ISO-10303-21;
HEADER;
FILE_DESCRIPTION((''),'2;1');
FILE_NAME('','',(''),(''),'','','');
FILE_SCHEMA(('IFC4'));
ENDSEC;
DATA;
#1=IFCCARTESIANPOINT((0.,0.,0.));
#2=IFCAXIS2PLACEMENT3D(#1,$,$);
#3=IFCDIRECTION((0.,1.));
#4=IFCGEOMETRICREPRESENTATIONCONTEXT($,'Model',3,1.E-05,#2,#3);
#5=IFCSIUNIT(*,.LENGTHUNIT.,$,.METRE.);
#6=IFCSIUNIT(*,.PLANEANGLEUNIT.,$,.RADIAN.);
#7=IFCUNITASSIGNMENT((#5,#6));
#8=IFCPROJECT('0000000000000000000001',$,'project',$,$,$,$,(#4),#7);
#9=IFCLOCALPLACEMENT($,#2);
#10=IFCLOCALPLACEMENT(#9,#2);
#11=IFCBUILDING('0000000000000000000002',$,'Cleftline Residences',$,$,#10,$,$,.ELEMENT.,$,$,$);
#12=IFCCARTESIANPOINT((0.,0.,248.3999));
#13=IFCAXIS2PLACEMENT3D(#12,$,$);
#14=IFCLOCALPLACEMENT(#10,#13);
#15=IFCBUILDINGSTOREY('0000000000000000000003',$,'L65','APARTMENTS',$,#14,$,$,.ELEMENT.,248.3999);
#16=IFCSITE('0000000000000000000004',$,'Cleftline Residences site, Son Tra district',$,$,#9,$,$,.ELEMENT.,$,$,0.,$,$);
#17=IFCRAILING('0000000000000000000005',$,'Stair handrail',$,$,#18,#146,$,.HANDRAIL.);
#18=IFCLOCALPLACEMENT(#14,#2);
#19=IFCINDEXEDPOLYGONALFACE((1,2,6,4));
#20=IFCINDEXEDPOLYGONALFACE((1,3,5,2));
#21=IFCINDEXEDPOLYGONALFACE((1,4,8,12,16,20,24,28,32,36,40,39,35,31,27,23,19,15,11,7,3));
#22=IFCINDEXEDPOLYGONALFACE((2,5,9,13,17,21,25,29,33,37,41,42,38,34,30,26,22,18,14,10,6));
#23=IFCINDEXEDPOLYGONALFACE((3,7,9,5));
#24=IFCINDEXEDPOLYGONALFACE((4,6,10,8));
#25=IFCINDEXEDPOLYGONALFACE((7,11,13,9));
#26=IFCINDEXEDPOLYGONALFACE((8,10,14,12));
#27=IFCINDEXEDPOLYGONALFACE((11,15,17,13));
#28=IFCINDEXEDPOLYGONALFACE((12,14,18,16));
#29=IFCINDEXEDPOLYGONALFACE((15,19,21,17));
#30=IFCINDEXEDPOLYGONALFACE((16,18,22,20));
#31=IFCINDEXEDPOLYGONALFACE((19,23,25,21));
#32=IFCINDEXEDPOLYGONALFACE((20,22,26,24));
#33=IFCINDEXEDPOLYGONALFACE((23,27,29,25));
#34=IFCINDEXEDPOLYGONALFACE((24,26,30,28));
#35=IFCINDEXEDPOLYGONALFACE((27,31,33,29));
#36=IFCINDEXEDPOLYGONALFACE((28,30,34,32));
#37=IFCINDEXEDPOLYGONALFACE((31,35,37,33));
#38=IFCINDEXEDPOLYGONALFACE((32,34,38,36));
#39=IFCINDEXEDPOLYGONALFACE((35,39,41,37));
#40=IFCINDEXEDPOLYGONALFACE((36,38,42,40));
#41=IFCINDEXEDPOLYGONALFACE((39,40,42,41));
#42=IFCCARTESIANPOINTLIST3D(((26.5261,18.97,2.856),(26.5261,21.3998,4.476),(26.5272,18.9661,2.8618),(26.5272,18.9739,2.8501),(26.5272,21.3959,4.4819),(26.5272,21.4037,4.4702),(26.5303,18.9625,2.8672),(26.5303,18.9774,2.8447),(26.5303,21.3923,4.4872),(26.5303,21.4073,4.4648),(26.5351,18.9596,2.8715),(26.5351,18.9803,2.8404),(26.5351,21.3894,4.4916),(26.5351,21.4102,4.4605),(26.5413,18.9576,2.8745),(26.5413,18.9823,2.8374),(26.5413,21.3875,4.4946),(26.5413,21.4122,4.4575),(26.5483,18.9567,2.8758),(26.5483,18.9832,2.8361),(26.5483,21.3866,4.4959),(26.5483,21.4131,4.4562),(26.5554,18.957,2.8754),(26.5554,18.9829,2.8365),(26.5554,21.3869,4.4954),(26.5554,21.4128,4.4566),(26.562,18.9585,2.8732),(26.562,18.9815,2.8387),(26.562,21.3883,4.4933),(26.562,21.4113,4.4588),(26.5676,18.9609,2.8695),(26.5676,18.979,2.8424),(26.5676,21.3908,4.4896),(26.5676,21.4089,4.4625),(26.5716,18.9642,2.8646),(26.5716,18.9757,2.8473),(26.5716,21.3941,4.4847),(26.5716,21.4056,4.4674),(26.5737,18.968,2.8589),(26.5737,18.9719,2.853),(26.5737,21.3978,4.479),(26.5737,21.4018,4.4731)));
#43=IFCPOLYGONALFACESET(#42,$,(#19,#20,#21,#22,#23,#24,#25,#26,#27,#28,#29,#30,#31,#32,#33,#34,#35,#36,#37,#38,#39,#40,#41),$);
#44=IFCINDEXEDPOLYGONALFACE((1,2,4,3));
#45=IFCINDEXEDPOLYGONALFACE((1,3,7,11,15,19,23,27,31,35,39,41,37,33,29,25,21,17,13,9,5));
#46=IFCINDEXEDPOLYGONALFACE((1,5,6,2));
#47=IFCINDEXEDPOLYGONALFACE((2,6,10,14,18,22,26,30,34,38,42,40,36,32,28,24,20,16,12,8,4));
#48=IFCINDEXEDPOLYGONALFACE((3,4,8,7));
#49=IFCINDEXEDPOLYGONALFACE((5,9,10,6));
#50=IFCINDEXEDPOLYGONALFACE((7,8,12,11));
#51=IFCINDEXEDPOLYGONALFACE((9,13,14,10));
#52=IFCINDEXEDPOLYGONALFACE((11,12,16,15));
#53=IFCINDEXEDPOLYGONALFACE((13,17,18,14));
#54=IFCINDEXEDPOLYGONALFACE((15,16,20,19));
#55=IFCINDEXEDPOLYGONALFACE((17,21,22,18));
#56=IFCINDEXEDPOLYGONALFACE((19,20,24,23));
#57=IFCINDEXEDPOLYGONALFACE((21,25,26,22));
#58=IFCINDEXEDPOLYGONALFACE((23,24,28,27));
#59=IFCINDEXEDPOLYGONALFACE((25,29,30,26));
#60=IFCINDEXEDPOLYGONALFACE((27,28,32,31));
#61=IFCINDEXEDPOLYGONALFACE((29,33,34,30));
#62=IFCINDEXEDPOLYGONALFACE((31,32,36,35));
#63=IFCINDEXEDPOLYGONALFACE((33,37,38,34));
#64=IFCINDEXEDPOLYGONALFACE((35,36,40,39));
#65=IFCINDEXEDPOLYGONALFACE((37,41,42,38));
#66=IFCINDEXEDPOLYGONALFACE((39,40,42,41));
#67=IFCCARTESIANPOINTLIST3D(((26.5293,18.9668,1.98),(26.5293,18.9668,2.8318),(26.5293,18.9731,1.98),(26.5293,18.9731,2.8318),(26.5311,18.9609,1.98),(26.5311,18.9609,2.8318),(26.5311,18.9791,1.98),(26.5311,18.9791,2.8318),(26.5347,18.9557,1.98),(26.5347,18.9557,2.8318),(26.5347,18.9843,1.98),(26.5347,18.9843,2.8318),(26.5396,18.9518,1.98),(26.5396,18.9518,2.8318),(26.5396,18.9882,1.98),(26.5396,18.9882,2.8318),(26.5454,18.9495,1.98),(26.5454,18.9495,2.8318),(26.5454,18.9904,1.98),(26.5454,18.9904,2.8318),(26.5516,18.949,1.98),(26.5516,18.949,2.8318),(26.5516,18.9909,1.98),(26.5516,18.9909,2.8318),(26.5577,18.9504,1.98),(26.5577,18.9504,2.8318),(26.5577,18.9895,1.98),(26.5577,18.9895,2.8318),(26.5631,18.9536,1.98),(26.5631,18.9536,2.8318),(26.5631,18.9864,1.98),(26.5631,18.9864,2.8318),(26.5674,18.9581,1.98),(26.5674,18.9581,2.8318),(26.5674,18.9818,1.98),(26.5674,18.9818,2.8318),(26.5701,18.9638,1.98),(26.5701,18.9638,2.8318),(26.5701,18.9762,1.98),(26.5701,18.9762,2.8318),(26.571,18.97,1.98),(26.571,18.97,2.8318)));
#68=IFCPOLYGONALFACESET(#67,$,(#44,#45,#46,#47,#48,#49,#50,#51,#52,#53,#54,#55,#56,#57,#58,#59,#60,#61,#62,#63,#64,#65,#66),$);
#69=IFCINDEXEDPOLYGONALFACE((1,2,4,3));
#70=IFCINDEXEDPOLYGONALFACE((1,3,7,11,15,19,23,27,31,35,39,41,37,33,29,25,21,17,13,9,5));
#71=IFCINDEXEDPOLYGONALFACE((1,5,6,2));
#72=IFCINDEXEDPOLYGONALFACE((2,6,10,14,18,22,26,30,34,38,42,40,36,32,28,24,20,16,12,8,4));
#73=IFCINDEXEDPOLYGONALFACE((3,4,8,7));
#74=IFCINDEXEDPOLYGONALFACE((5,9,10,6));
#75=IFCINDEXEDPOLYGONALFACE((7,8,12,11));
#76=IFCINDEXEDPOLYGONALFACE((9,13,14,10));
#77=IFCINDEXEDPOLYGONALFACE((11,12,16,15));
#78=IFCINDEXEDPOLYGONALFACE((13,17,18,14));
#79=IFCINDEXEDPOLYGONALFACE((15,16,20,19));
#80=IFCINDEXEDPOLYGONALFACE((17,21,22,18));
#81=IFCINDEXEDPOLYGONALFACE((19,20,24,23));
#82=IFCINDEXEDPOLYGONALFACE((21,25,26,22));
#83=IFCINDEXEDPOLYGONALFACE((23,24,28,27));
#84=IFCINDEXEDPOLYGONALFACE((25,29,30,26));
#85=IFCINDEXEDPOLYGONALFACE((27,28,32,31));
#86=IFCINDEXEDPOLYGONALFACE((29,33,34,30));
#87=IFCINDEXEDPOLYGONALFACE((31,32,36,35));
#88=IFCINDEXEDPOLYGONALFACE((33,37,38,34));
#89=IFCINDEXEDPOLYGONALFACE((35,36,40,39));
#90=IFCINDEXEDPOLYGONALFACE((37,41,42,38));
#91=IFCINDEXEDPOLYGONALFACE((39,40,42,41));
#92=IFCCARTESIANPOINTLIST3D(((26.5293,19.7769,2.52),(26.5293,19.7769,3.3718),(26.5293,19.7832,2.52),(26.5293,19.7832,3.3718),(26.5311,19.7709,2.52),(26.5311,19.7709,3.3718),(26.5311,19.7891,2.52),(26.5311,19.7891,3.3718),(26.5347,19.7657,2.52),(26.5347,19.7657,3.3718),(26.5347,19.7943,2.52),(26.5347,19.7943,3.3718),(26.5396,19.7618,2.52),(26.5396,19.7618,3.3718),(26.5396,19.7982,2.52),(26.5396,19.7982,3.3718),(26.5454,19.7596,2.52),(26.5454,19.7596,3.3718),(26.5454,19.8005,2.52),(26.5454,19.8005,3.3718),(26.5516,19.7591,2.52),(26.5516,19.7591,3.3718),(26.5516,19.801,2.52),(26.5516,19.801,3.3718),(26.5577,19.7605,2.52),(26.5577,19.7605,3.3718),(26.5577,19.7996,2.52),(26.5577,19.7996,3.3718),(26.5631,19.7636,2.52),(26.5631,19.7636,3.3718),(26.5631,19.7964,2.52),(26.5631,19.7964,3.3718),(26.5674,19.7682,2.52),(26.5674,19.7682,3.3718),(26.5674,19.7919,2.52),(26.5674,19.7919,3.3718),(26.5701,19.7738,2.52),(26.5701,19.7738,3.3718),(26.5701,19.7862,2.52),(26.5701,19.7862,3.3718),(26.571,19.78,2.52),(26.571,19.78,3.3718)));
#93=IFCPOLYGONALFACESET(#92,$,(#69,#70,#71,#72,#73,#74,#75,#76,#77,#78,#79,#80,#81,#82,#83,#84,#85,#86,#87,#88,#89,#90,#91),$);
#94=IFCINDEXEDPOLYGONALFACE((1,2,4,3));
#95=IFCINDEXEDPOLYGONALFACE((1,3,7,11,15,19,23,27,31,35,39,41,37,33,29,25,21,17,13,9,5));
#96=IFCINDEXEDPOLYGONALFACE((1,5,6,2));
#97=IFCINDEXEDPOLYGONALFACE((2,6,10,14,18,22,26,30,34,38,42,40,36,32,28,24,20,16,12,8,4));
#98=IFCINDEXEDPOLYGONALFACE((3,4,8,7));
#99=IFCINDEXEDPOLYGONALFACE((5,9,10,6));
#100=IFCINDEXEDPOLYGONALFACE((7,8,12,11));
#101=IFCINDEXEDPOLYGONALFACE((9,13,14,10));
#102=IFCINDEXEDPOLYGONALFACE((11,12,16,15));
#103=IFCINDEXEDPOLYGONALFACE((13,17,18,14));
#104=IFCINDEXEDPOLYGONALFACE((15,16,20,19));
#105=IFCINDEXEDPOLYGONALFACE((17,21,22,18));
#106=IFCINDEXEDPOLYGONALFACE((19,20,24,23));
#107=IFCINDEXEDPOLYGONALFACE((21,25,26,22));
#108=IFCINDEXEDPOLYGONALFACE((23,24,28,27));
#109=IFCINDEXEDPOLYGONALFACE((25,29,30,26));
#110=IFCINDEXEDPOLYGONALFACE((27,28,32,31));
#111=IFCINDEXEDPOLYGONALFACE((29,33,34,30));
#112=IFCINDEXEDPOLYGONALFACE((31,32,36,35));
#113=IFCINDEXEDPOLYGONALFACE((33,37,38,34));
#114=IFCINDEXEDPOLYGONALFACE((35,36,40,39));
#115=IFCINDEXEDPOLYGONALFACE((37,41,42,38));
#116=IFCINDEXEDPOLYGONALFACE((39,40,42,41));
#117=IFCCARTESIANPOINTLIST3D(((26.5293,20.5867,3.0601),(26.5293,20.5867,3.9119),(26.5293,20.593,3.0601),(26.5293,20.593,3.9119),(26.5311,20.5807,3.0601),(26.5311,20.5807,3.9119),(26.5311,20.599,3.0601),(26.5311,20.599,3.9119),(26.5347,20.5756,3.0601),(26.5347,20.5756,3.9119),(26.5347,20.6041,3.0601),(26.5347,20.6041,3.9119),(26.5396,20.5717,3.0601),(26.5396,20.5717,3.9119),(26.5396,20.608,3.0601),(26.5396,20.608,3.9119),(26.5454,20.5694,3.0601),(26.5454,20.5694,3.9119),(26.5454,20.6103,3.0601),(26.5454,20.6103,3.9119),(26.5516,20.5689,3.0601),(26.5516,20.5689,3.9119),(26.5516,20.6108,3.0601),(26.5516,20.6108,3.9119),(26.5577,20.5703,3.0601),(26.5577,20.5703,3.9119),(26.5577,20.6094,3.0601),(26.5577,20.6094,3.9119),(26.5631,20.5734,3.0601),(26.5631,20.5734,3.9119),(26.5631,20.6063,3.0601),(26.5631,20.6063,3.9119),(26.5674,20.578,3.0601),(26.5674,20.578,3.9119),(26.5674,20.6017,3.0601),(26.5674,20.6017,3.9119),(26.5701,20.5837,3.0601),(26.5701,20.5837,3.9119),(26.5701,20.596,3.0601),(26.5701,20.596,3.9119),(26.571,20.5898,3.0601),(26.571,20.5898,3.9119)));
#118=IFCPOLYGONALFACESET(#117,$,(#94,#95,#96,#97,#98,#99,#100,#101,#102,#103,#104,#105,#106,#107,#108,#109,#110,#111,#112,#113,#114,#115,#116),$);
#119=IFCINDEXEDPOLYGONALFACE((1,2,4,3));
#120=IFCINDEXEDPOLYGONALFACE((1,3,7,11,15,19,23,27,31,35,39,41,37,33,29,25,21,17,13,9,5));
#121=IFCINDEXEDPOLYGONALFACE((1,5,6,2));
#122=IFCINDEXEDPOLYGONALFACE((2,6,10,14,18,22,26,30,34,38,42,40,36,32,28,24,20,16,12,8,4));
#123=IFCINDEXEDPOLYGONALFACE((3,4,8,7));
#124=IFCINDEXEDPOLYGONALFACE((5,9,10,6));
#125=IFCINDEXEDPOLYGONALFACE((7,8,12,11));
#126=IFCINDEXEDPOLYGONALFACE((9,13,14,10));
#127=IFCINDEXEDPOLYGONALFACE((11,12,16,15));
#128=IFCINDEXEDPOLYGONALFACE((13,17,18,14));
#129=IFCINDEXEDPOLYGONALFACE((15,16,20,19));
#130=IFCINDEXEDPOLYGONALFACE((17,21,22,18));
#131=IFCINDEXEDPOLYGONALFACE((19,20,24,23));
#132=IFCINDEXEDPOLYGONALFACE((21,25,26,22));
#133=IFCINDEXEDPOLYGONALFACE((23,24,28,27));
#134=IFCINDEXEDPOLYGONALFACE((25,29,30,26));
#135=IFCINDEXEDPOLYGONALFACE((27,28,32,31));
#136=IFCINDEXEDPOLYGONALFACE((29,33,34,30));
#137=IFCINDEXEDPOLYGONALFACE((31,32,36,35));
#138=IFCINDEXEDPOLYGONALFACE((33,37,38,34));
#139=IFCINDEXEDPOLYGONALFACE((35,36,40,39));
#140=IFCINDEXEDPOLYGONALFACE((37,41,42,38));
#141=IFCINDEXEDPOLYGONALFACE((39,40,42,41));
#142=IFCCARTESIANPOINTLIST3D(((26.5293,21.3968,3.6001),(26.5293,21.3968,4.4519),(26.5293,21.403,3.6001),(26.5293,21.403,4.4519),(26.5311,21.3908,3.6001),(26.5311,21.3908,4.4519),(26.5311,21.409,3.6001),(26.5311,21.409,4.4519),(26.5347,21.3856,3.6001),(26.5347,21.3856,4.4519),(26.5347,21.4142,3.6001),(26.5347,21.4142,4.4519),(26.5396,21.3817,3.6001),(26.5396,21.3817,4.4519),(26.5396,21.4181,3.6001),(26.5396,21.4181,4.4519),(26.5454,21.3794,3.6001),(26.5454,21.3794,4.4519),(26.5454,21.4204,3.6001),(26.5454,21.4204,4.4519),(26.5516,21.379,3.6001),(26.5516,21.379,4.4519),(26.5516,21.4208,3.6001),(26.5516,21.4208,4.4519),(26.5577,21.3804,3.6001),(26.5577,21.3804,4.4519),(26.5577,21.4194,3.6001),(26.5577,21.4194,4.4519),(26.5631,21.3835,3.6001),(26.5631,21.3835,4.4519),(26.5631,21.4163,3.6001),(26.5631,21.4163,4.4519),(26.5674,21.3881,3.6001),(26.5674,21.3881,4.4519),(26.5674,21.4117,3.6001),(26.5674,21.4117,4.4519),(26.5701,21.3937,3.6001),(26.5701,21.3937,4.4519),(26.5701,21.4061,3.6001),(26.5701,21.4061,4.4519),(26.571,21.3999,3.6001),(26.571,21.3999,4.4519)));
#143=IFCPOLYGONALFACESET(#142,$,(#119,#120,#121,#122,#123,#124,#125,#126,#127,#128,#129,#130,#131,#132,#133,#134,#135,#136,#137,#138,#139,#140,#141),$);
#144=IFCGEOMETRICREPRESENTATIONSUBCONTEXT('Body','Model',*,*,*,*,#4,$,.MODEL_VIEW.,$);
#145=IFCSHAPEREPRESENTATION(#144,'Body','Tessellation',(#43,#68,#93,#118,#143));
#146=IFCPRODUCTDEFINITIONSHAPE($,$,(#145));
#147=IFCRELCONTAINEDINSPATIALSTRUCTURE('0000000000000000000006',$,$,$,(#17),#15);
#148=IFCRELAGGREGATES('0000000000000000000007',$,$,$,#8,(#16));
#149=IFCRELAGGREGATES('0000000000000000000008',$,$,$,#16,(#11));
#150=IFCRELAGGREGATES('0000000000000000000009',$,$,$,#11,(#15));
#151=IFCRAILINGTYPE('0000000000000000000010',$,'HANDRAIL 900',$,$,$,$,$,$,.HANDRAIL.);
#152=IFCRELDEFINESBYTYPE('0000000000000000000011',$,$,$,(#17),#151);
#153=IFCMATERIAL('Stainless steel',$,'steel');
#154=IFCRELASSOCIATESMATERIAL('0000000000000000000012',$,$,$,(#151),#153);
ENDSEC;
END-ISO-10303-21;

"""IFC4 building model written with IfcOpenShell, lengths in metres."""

from ifc_helpers import new_model, si_unit, direction, frame, origin, origin_2d, place, context, subcontext, project, spatial, circle, extrude, material, type_object, element, save


model = new_model("IFC4")

# Units and contexts
model_context = context("Model", 3, precision=1e-05, world=origin(), true_north=direction((0.0, 1.0)))
body_context = subcontext(model_context, "Body", "Model", "MODEL_VIEW")
ifc_project = project(units=[si_unit("LENGTHUNIT", "METRE"), si_unit("PLANEANGLEUNIT", "RADIAN")], contexts=[model_context])

# Site, building, storey
site_placement = place(None, origin())
site = spatial("IfcSite", under=ifc_project, at=site_placement, Name="Cleftline Residences site, Son Tra district", CompositionType="ELEMENT", RefElevation=0.0)
building_placement = place(site_placement, origin())
building = spatial("IfcBuilding", under=site, at=building_placement, Name="Cleftline Residences", CompositionType="ELEMENT")
storey_placement = place(building_placement, frame((0.0, 0.0, 248.3999)))
storey = spatial("IfcBuildingStorey", under=building, at=storey_placement, Name="L65", Description="APARTMENTS", CompositionType="ELEMENT", Elevation=248.3999)

# Railing
ifc_material_1 = material(Name="Stainless steel", Category="steel")
railing_type = type_object("IfcRailingType", Name="HANDRAIL 900", PredefinedType="HANDRAIL", material=ifc_material_1)
railing_1_placement = place(storey_placement, frame((26.55, 18.97, 1.98)))
element("IfcRailing", 1, at=railing_1_placement, inside=storey, type_object=railing_type, Name="Stair handrail", PredefinedType="HANDRAIL", context=body_context, shape_type="SweptSolid", body=[
    extrude(circle(Radius=0.0239, at=origin_2d()), frame((0.0, 0.0, 0.876), z_axis=(0.0, 0.832025, 0.554739), x_axis=(-1.0, 0.0, 0.0)), (0.0, 0.0, 1.0), 2.9204),
    extrude(circle(Radius=0.021, at=origin_2d()), origin(), (0.0, 0.0, 1.0), 0.8518),
    extrude(circle(Radius=0.021, at=origin_2d()), frame((0.0, 0.8101, 0.54)), (0.0, 0.0, 1.0), 0.8518),
    extrude(circle(Radius=0.021, at=origin_2d()), frame((0.0, 1.6199, 1.0801)), (0.0, 0.0, 1.0), 0.8518),
    extrude(circle(Radius=0.021, at=origin_2d()), frame((0.0, 2.4299, 1.6201)), (0.0, 0.0, 1.0), 0.8518),
])

save(model, "model.ifc")
